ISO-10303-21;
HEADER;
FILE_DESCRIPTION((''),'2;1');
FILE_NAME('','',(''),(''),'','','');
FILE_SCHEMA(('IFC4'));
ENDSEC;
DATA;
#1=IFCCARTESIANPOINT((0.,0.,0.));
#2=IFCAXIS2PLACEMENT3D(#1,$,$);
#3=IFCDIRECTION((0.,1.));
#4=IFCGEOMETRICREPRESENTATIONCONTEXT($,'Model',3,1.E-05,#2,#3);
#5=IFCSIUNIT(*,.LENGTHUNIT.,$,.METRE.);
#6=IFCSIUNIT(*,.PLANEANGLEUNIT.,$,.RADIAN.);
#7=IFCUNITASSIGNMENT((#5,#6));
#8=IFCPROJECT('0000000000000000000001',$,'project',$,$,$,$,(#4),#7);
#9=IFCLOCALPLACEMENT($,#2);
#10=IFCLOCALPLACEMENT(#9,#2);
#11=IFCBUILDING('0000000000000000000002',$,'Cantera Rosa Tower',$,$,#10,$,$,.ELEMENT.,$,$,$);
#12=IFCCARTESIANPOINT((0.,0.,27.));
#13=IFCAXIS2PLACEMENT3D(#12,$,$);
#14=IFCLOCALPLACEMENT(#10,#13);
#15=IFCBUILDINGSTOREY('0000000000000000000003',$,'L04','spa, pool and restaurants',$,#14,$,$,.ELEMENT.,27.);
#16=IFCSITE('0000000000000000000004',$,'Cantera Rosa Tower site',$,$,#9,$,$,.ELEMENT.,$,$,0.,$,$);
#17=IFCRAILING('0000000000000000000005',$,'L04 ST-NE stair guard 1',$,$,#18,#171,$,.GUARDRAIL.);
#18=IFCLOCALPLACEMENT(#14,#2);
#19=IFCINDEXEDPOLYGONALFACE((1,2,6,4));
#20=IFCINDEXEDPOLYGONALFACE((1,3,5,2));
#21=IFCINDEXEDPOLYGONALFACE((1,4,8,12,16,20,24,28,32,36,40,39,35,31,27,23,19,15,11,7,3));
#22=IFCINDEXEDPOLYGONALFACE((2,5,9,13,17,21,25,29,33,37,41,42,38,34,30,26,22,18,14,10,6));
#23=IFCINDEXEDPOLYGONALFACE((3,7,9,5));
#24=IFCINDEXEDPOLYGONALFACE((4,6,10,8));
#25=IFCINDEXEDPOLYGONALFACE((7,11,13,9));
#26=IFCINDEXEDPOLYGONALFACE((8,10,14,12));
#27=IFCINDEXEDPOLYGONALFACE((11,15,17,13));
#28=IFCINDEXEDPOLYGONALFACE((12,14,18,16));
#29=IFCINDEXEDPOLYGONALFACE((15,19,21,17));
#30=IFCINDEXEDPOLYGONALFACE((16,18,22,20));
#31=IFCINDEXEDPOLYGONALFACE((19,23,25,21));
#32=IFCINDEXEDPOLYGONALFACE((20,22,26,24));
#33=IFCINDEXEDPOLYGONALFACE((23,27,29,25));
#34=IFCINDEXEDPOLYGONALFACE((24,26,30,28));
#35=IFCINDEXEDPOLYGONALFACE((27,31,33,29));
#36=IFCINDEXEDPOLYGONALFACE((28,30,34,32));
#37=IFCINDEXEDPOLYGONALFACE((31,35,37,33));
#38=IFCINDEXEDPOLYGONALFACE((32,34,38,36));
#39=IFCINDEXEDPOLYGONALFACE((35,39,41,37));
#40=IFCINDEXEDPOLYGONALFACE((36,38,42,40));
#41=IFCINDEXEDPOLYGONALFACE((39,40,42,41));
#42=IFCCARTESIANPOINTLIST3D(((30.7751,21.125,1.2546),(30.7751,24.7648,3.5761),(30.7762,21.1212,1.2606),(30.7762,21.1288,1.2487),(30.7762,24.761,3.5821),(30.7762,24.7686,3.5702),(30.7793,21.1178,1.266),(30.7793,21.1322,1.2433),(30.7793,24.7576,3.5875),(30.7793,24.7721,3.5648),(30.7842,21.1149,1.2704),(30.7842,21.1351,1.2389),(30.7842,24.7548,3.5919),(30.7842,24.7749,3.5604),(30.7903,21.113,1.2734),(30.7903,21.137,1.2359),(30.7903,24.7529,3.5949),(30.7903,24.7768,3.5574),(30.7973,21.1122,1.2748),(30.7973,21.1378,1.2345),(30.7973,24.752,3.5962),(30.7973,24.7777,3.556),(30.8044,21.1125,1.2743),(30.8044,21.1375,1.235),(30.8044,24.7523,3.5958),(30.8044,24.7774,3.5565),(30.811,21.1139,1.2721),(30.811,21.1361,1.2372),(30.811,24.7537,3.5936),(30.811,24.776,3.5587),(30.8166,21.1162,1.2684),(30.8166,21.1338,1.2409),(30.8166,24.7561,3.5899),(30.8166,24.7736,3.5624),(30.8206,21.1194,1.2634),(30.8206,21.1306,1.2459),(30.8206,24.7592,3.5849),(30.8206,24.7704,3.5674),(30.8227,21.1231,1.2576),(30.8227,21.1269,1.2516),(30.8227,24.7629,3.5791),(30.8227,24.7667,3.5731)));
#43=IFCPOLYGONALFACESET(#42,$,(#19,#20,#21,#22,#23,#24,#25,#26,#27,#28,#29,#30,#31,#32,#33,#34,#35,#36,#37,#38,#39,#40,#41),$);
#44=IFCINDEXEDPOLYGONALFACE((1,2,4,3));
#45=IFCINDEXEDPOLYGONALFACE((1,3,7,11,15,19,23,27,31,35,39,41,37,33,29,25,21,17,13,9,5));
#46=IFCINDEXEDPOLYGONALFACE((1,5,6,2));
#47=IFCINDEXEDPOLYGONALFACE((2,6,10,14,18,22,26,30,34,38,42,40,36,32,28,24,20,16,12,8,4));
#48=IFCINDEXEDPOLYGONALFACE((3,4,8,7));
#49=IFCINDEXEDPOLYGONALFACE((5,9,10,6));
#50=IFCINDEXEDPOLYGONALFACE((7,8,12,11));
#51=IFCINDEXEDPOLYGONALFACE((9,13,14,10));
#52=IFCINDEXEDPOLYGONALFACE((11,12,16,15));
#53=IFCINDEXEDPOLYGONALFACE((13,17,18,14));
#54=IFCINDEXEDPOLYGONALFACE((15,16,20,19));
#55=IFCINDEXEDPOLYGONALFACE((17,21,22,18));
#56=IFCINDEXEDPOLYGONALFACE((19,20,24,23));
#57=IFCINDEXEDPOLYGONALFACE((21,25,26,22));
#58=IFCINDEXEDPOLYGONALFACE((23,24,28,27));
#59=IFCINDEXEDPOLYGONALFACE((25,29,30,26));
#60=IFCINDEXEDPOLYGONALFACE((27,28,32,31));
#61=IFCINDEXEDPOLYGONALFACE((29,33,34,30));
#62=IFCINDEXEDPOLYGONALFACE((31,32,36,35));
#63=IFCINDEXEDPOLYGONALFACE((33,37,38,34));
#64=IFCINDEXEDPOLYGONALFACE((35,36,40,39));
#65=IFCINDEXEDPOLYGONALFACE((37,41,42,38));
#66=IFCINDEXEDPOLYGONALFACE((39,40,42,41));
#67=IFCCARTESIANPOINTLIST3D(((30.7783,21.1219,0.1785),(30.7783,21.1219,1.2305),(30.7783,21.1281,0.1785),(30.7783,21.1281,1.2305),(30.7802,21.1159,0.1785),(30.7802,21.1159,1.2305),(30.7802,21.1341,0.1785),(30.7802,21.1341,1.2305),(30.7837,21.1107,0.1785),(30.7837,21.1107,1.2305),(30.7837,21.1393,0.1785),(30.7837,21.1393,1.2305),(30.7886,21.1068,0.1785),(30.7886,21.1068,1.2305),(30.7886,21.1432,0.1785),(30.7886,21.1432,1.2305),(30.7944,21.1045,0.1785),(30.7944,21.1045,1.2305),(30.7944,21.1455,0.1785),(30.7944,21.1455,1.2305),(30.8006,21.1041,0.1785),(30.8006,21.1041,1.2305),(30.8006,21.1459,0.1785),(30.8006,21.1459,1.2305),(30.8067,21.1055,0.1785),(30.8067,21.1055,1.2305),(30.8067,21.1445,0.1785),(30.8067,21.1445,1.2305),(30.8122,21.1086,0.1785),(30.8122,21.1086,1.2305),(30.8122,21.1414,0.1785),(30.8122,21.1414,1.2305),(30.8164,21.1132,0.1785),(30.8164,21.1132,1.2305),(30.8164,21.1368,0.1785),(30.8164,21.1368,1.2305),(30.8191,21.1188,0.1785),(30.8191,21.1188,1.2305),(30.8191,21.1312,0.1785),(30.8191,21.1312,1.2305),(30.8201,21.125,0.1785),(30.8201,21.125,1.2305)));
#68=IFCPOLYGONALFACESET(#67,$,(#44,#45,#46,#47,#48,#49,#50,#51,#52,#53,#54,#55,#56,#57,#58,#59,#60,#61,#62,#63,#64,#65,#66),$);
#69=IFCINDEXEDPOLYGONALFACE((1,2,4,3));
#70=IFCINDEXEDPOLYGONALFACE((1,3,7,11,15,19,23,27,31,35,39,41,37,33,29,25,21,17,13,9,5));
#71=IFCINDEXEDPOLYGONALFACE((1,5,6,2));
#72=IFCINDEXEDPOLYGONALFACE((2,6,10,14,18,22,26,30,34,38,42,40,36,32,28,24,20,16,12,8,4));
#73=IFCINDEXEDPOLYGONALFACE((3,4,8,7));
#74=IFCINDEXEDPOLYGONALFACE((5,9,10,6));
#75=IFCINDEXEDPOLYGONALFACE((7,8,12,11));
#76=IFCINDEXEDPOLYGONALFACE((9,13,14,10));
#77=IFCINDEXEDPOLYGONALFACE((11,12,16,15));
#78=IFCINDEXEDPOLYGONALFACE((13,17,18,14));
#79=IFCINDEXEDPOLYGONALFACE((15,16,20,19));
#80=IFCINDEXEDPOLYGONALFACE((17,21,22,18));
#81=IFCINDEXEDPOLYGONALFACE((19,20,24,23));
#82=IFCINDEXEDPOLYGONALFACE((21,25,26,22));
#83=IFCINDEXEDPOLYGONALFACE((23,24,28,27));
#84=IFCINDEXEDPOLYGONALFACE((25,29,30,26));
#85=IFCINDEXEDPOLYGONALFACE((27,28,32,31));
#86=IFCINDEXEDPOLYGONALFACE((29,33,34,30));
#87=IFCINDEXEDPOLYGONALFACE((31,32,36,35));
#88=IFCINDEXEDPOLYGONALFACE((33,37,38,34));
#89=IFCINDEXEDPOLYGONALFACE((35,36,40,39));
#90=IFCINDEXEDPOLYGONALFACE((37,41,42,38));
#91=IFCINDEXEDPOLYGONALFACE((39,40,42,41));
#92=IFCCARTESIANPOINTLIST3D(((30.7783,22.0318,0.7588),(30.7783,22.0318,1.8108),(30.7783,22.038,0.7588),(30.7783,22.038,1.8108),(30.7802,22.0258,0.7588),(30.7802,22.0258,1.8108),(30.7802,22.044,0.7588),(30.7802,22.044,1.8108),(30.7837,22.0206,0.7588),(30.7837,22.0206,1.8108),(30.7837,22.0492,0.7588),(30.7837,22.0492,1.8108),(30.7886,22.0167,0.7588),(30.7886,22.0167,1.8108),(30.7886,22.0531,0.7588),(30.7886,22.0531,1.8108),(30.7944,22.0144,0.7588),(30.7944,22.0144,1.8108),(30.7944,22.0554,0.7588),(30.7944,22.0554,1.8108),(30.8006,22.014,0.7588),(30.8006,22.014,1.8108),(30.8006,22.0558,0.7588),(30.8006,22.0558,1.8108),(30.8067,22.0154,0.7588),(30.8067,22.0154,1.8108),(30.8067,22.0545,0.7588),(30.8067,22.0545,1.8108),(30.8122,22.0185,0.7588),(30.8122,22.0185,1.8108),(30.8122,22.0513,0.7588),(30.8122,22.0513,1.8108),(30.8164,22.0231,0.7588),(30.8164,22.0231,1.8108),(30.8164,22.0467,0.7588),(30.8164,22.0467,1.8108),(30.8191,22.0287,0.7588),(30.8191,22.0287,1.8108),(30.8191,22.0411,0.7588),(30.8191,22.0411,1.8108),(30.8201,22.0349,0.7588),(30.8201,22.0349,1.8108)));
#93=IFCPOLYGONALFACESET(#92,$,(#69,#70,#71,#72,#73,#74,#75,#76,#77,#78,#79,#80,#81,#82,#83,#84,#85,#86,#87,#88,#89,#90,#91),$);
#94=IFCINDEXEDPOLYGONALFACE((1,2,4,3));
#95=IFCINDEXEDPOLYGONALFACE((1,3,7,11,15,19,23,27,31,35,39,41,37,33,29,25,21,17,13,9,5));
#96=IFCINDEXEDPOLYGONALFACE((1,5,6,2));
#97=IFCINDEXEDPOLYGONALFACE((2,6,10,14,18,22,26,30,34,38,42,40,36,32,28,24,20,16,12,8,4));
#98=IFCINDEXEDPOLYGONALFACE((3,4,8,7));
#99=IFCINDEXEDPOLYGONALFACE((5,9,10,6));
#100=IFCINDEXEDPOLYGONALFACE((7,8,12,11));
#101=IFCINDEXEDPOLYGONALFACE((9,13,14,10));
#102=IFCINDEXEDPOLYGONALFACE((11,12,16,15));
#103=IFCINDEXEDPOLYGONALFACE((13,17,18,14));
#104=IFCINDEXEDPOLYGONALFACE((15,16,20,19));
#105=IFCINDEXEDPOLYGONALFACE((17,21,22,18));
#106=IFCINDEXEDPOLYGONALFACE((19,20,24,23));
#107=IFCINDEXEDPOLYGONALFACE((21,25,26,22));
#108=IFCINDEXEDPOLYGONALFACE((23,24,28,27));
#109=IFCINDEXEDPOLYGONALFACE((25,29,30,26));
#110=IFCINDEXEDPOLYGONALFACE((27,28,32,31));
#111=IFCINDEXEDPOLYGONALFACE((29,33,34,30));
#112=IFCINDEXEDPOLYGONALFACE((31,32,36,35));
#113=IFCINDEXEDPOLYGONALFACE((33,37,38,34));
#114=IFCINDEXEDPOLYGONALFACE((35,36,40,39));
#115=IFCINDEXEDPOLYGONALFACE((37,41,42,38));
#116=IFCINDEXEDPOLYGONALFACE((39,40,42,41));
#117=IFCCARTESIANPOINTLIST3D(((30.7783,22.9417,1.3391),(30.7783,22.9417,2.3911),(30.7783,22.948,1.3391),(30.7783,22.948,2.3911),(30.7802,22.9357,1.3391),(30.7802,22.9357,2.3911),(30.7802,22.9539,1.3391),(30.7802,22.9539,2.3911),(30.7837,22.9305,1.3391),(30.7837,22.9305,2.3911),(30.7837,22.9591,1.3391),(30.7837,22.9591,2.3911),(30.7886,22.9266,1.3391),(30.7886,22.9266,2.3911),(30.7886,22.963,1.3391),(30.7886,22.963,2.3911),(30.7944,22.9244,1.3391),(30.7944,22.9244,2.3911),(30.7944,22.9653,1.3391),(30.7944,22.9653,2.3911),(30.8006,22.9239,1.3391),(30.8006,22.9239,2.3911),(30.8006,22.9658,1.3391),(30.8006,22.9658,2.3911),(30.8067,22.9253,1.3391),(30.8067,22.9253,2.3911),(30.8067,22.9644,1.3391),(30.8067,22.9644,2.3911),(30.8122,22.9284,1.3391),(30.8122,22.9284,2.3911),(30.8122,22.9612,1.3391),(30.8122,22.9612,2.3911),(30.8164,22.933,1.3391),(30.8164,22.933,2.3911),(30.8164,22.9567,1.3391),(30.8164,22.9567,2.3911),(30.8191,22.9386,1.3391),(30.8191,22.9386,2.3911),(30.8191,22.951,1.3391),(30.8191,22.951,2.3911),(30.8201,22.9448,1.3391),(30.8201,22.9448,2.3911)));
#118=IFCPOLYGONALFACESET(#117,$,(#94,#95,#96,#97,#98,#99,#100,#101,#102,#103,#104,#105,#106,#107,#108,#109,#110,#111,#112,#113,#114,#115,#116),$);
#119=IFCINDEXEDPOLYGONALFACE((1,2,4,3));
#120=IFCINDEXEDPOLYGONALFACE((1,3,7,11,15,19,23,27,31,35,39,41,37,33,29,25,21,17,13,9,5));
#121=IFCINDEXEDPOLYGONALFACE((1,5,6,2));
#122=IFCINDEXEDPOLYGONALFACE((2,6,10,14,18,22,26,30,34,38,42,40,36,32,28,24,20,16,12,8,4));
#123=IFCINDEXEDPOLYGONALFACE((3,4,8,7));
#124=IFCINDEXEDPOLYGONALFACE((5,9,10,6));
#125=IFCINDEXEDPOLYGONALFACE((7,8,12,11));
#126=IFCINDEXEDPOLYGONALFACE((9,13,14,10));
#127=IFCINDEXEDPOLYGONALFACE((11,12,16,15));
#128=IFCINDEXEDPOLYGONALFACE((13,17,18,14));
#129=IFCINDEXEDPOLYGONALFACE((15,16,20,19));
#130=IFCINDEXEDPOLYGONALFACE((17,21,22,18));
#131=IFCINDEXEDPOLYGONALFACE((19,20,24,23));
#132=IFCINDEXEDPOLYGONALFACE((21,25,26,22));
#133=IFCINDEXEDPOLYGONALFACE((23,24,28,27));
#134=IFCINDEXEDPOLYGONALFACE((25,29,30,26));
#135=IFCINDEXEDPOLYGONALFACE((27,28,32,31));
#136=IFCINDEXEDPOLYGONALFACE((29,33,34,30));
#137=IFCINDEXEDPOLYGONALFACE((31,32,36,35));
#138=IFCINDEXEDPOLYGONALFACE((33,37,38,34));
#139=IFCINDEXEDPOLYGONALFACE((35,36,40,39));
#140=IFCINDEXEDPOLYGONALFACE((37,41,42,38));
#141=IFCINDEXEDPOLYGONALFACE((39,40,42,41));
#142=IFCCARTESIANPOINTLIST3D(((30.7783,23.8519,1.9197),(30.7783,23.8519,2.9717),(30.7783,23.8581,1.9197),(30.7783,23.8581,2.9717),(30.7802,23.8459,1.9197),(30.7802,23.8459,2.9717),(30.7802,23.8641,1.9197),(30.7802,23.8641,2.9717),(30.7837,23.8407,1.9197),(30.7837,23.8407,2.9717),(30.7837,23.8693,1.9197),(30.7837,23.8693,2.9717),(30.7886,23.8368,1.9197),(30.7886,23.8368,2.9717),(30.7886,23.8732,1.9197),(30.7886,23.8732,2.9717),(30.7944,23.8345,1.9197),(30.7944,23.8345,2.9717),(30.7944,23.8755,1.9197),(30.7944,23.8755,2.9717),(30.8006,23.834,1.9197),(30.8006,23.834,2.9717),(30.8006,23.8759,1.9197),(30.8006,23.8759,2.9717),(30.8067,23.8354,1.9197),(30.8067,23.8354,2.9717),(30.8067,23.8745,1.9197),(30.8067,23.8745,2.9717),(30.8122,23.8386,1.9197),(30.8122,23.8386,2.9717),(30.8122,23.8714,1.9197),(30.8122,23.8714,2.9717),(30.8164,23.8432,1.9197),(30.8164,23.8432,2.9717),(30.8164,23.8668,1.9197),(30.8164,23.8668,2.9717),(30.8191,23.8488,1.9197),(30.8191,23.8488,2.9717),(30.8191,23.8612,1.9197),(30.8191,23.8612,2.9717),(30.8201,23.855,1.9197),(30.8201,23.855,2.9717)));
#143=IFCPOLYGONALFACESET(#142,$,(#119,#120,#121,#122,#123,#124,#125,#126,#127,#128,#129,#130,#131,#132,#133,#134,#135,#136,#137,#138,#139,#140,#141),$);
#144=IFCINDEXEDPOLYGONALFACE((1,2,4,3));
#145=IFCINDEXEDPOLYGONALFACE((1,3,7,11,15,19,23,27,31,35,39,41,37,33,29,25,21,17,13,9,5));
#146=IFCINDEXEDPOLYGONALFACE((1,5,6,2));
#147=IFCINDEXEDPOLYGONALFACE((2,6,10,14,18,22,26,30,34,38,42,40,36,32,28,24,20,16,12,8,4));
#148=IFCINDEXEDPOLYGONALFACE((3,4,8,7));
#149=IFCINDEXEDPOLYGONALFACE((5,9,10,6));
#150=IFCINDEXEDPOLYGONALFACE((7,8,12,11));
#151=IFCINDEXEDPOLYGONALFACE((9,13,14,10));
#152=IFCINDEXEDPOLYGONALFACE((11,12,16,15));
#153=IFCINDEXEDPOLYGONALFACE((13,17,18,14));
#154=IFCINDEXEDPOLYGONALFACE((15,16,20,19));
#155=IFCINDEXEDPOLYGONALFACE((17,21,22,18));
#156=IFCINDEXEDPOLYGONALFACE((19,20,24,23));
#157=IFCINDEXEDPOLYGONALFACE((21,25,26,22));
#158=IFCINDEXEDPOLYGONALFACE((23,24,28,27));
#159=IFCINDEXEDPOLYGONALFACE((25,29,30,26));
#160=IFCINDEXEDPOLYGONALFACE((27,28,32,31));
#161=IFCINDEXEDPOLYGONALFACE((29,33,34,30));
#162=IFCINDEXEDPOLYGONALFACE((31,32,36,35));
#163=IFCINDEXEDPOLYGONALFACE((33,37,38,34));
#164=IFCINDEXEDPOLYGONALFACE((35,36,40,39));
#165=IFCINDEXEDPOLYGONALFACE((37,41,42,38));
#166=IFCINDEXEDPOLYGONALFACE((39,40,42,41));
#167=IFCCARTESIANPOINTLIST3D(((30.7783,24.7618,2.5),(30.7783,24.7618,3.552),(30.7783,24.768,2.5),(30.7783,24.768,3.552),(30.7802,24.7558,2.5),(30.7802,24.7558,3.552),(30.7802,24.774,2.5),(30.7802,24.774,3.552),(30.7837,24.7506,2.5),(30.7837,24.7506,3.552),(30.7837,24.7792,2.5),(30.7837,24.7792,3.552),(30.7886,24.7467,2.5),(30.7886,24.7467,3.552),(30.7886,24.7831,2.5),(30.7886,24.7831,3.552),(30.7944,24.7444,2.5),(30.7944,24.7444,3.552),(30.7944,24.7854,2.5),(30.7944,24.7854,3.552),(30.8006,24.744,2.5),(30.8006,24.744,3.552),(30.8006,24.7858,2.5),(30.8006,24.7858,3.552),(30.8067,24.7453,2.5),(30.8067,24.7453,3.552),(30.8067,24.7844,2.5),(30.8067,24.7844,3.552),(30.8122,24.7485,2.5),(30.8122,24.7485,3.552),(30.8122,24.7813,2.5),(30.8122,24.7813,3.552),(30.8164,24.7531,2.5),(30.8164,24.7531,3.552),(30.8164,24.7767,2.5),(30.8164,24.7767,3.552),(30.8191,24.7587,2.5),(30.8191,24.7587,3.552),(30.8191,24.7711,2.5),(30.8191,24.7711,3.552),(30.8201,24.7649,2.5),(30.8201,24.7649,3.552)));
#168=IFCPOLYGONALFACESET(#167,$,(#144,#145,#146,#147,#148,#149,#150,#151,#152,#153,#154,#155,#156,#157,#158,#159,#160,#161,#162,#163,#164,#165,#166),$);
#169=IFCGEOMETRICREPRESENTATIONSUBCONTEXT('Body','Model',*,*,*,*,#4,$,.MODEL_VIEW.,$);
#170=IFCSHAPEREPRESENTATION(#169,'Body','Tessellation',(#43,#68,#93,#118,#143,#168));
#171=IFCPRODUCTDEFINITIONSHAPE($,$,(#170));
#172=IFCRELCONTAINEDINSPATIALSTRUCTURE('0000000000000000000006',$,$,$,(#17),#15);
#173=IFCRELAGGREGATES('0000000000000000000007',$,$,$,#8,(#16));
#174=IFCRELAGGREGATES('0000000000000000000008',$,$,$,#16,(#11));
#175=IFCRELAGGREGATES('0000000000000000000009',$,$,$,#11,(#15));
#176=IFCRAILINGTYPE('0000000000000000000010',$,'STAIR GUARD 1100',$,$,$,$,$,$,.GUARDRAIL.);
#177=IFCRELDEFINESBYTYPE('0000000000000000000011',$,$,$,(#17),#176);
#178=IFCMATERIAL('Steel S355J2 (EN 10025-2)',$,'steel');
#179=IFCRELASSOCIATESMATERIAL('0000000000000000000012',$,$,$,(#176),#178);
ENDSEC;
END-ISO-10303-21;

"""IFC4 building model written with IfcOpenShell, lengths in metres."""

from ifc_helpers import new_model, si_unit, direction, frame, origin, origin_2d, place, context, subcontext, project, spatial, circle, extrude, material, type_object, element, save


model = new_model("IFC4")

# Units and contexts
model_context = context("Model", 3, precision=1e-05, world=origin(), true_north=direction((0.0, 1.0)))
body_context = subcontext(model_context, "Body", "Model", "MODEL_VIEW")
ifc_project = project(units=[si_unit("LENGTHUNIT", "METRE"), si_unit("PLANEANGLEUNIT", "RADIAN")], contexts=[model_context])

# Site, building, storey
site_placement = place(None, origin())
site = spatial("IfcSite", under=ifc_project, at=site_placement, Name="Cantera Rosa Tower site", CompositionType="ELEMENT", RefElevation=0.0)
building_placement = place(site_placement, origin())
building = spatial("IfcBuilding", under=site, at=building_placement, Name="Cantera Rosa Tower", CompositionType="ELEMENT")
storey_placement = place(building_placement, frame((0.0, 0.0, 27.0)))
storey = spatial("IfcBuildingStorey", under=building, at=storey_placement, Name="L04", Description="spa, pool and restaurants", CompositionType="ELEMENT", Elevation=27.0)

# Railing
ifc_material_1 = material(Name="Steel S355J2 (EN 10025-2)", Category="steel")
railing_type_1 = type_object("IfcRailingType", Name="STAIR GUARD 1100", PredefinedType="GUARDRAIL", material=ifc_material_1)
railing_1_placement = place(storey_placement, frame((30.7991, 21.125, 0.1785)))
element("IfcRailing", 1, at=railing_1_placement, inside=storey, type_object=railing_type_1, Name="L04 ST-NE stair guard 1", PredefinedType="GUARDRAIL", context=body_context, shape_type="SweptSolid", body=[
    extrude(circle(Radius=0.0239, at=origin_2d()), frame((0.0, 0.0, 1.0762), z_axis=(0.0, 0.843112, 0.537739), x_axis=(-1.0, 0.0, 0.0)), (0.0, 0.0, 1.0), 4.3171),
    extrude(circle(Radius=0.021, at=origin_2d()), origin(), (0.0, 0.0, 1.0), 1.052),
    extrude(circle(Radius=0.021, at=origin_2d()), frame((0.0, 0.9099, 0.5803)), (0.0, 0.0, 1.0), 1.052),
    extrude(circle(Radius=0.021, at=origin_2d()), frame((0.0, 1.8198, 1.1606)), (0.0, 0.0, 1.0), 1.052),
    extrude(circle(Radius=0.021, at=origin_2d()), frame((0.0, 2.73, 1.7412)), (0.0, 0.0, 1.0), 1.052),
    extrude(circle(Radius=0.021, at=origin_2d()), frame((0.0, 3.6399, 2.3215)), (0.0, 0.0, 1.0), 1.052),
])

save(model, "model.ifc")
